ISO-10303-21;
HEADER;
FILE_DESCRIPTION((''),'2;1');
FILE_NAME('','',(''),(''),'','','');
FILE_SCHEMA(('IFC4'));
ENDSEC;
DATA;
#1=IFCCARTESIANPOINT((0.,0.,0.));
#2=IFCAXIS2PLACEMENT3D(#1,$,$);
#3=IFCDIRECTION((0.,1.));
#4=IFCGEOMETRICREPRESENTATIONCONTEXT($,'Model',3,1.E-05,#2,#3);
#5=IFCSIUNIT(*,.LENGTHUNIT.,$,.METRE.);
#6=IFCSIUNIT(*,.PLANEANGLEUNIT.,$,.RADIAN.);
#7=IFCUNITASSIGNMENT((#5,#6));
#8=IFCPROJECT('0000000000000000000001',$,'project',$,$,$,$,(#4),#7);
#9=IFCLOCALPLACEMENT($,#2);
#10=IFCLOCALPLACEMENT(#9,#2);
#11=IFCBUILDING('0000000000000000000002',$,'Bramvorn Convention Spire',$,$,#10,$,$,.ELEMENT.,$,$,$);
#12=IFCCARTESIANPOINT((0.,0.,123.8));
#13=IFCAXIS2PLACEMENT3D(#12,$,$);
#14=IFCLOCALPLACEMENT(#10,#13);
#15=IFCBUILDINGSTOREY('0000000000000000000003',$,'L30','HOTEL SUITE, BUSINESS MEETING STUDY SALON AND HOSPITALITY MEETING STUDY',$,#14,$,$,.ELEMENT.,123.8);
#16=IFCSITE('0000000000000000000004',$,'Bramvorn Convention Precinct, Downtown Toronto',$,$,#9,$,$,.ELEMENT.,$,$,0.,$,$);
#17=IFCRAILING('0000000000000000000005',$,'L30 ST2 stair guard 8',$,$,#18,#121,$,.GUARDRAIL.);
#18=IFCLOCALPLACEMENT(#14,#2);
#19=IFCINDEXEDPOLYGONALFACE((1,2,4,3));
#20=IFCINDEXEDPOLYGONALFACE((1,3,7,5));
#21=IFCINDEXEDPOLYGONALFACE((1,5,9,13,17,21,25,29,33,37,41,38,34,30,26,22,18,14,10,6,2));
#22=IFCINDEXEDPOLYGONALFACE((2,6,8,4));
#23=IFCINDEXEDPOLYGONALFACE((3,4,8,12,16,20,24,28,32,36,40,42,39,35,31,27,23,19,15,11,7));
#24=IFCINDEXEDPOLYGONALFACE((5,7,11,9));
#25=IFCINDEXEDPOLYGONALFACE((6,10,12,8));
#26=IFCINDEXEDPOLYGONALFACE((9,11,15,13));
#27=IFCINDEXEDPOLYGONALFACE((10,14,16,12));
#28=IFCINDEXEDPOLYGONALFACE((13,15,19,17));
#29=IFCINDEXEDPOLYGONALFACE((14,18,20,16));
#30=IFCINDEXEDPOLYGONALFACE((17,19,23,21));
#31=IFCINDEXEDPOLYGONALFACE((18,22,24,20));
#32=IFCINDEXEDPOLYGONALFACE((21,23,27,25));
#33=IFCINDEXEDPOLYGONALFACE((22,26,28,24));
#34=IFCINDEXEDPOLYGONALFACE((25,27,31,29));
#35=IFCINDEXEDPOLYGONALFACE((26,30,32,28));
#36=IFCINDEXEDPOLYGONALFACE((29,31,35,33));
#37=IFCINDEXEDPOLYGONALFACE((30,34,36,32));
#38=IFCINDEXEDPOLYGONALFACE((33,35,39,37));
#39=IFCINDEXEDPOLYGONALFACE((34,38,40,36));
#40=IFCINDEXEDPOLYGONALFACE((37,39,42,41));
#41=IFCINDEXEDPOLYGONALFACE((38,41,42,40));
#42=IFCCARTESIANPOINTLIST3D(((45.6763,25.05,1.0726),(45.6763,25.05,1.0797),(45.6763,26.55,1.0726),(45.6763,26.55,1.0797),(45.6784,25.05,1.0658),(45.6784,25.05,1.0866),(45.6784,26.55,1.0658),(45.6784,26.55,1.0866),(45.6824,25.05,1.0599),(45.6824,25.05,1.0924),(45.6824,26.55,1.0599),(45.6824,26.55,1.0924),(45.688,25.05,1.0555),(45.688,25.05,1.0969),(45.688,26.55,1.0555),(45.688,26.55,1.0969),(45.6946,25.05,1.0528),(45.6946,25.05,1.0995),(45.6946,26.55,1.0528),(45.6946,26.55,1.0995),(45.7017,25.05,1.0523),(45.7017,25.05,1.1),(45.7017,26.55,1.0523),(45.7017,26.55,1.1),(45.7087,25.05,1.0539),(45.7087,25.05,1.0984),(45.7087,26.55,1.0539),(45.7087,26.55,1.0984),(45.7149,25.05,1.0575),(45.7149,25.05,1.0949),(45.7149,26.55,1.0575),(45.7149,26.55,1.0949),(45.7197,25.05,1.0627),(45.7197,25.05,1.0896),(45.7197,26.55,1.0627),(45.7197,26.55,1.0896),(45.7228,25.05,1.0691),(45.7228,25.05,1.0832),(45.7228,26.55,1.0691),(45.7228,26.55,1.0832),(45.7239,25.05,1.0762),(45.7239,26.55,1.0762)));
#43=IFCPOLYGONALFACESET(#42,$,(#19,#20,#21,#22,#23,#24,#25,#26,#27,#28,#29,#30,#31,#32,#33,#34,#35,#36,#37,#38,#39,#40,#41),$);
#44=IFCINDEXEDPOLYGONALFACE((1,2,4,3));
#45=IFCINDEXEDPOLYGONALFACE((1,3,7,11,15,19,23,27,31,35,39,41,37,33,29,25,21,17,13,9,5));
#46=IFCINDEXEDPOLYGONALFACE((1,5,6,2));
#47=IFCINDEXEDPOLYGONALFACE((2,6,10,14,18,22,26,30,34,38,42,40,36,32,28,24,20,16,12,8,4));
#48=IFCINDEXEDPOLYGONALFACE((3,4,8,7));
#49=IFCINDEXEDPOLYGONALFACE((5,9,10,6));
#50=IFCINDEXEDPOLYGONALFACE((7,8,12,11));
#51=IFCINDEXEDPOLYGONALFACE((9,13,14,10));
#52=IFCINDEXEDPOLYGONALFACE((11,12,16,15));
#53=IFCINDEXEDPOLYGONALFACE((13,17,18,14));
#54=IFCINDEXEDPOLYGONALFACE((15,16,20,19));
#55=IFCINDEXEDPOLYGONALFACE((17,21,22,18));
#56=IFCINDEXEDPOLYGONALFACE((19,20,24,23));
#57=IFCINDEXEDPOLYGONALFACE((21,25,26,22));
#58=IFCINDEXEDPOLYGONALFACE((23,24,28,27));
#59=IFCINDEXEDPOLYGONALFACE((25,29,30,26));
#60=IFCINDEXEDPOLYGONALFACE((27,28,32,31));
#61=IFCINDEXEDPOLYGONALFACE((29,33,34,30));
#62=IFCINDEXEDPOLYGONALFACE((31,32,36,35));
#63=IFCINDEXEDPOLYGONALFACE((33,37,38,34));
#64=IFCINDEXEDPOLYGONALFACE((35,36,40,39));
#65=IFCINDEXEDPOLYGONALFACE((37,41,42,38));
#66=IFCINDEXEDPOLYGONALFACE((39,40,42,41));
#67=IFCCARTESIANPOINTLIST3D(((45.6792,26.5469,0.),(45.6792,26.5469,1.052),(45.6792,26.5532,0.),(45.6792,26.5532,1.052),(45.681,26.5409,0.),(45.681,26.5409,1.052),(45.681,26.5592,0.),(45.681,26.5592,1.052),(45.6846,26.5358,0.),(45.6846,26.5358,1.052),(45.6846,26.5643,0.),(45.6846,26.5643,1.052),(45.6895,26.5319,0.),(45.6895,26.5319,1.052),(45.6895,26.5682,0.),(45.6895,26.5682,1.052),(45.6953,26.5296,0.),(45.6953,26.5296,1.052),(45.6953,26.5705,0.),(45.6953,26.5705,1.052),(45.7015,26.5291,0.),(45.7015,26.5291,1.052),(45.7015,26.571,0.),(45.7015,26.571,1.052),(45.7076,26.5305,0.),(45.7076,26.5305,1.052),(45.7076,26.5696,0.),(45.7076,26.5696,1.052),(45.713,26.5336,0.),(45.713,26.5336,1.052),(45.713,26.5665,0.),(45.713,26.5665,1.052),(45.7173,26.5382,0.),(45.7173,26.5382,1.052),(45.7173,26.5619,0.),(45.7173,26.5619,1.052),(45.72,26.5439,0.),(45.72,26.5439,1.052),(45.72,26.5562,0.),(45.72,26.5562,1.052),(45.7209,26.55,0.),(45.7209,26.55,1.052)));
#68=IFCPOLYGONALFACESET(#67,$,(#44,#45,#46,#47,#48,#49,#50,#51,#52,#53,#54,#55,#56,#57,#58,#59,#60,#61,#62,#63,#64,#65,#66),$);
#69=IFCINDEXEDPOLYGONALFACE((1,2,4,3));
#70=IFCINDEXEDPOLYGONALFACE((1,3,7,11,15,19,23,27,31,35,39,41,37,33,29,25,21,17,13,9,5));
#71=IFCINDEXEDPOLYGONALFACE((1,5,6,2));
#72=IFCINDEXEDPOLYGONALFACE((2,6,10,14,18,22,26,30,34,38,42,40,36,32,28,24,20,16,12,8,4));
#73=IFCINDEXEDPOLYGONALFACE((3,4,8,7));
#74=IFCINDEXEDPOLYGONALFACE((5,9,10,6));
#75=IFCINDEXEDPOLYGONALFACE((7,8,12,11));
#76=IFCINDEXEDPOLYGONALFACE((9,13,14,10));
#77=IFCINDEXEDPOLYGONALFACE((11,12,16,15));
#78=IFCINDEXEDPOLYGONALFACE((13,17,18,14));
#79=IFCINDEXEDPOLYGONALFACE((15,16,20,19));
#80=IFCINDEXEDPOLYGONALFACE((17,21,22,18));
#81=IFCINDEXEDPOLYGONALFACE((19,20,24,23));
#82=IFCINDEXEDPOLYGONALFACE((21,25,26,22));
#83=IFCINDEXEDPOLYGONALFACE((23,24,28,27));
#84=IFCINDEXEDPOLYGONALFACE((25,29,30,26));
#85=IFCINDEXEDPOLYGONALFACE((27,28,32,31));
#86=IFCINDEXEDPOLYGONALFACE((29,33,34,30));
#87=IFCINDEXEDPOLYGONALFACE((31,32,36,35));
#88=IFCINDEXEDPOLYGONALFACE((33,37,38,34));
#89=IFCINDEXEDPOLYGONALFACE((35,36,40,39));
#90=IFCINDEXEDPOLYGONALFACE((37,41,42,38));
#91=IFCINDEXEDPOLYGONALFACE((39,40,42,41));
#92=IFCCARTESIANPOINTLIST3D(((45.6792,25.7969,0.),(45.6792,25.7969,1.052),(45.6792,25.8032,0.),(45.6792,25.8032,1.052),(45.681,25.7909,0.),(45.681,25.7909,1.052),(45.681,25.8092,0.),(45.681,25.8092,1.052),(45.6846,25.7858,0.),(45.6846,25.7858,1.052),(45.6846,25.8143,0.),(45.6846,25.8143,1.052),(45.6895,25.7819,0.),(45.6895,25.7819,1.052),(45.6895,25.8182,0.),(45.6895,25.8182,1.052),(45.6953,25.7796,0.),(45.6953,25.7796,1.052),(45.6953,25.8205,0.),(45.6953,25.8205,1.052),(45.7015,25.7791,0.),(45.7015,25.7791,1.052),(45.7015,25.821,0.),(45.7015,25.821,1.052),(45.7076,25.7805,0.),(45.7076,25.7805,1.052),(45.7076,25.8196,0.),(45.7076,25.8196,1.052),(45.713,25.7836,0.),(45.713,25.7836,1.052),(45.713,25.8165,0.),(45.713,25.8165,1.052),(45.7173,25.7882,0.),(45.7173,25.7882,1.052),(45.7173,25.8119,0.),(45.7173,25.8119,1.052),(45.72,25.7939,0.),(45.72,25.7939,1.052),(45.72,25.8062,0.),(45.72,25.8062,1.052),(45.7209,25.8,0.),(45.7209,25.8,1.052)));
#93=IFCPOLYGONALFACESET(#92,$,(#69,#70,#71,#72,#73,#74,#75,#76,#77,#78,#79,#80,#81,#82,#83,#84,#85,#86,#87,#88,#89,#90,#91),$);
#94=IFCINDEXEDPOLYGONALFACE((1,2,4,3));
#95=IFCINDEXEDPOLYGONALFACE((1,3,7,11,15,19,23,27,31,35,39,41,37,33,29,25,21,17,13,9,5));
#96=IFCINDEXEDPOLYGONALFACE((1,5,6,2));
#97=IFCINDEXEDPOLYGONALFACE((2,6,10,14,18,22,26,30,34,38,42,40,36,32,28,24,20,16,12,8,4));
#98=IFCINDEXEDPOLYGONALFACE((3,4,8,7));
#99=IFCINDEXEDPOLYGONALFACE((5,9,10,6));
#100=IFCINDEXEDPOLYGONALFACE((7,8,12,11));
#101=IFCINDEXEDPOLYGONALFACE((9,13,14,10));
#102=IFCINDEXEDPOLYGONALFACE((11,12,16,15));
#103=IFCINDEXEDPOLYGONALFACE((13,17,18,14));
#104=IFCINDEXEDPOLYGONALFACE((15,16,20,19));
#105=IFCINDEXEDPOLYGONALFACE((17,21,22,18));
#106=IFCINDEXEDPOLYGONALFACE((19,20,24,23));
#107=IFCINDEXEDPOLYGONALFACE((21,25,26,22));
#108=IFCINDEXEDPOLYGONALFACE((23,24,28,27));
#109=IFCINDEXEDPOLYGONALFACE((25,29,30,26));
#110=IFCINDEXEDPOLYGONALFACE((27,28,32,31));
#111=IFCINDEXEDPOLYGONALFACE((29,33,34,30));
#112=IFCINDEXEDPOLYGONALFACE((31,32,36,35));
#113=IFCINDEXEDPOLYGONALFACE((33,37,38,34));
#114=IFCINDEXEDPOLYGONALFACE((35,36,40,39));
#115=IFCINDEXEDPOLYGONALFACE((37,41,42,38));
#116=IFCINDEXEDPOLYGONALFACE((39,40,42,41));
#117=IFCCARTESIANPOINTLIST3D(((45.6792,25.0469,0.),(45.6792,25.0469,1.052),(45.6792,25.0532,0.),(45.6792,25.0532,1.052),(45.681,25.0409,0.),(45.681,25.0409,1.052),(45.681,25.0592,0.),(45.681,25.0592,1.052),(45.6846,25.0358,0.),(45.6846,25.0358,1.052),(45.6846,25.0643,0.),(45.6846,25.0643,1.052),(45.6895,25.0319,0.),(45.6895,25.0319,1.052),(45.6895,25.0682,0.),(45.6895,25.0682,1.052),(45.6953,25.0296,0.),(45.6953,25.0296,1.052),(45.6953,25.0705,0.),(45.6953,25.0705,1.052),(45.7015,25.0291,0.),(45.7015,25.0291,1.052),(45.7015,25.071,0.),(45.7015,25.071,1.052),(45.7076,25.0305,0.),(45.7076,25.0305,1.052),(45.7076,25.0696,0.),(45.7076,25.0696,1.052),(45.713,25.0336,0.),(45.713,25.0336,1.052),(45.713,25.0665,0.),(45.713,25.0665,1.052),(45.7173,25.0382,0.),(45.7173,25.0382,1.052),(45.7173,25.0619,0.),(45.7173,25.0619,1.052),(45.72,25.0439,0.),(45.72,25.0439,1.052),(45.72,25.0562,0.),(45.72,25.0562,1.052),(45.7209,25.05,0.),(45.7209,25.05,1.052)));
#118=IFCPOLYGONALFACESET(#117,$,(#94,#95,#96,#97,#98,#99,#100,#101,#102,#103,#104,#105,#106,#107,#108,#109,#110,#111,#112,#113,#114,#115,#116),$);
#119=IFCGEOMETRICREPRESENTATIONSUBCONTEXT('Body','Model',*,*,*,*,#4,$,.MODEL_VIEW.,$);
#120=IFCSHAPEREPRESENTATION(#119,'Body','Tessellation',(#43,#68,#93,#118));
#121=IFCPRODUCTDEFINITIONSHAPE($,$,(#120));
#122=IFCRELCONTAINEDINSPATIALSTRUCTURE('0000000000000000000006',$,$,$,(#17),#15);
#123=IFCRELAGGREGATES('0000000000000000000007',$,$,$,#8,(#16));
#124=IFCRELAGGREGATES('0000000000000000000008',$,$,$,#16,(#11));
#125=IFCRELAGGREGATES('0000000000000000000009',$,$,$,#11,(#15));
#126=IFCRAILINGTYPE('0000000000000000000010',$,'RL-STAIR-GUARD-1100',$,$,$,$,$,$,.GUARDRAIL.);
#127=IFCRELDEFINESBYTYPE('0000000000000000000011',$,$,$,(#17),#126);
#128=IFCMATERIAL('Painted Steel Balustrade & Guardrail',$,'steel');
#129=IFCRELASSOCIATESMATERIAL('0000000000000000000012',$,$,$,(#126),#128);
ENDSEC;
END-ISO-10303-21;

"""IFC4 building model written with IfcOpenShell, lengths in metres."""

from ifc_helpers import new_model, si_unit, direction, frame, origin, origin_2d, place, context, subcontext, project, spatial, circle, extrude, material, type_object, element, save


model = new_model("IFC4")

# Units and contexts
model_context = context("Model", 3, precision=1e-05, world=origin(), true_north=direction((0.0, 1.0)))
body_context = subcontext(model_context, "Body", "Model", "MODEL_VIEW")
ifc_project = project(units=[si_unit("LENGTHUNIT", "METRE"), si_unit("PLANEANGLEUNIT", "RADIAN")], contexts=[model_context])

# Site, building, storey
site_placement = place(None, origin())
site = spatial("IfcSite", under=ifc_project, at=site_placement, Name="Bramvorn Convention Precinct, Downtown Toronto", CompositionType="ELEMENT", RefElevation=0.0)
building_placement = place(site_placement, origin())
building = spatial("IfcBuilding", under=site, at=building_placement, Name="Bramvorn Convention Spire", CompositionType="ELEMENT")
storey_placement = place(building_placement, frame((0.0, 0.0, 123.8)))
storey = spatial("IfcBuildingStorey", under=building, at=storey_placement, Name="L30", Description="HOTEL SUITE, BUSINESS MEETING STUDY SALON AND HOSPITALITY MEETING STUDY", CompositionType="ELEMENT", Elevation=123.8)

# Railing
ifc_material_1 = material(Name="Painted Steel Balustrade & Guardrail", Category="steel")
railing_type_1 = type_object("IfcRailingType", Name="RL-STAIR-GUARD-1100", PredefinedType="GUARDRAIL", material=ifc_material_1)
railing_1_placement = place(storey_placement, frame((45.7, 26.55, 0.0)))
element("IfcRailing", 1, at=railing_1_placement, inside=storey, type_object=railing_type_1, Name="L30 ST2 stair guard 8", PredefinedType="GUARDRAIL", context=body_context, shape_type="SweptSolid", body=[
    extrude(circle(Radius=0.0239, at=origin_2d()), frame((0.0, 0.0, 1.0762), z_axis=(0.0, -1.0, 0.0), x_axis=(1.0, 0.0, 0.0)), (0.0, 0.0, 1.0), 1.5),
    extrude(circle(Radius=0.021, at=origin_2d()), origin(), (0.0, 0.0, 1.0), 1.052),
    extrude(circle(Radius=0.021, at=origin_2d()), frame((0.0, -0.75, 0.0)), (0.0, 0.0, 1.0), 1.052),
    extrude(circle(Radius=0.021, at=origin_2d()), frame((0.0, -1.5, 0.0)), (0.0, 0.0, 1.0), 1.052),
])

save(model, "model.ifc")
